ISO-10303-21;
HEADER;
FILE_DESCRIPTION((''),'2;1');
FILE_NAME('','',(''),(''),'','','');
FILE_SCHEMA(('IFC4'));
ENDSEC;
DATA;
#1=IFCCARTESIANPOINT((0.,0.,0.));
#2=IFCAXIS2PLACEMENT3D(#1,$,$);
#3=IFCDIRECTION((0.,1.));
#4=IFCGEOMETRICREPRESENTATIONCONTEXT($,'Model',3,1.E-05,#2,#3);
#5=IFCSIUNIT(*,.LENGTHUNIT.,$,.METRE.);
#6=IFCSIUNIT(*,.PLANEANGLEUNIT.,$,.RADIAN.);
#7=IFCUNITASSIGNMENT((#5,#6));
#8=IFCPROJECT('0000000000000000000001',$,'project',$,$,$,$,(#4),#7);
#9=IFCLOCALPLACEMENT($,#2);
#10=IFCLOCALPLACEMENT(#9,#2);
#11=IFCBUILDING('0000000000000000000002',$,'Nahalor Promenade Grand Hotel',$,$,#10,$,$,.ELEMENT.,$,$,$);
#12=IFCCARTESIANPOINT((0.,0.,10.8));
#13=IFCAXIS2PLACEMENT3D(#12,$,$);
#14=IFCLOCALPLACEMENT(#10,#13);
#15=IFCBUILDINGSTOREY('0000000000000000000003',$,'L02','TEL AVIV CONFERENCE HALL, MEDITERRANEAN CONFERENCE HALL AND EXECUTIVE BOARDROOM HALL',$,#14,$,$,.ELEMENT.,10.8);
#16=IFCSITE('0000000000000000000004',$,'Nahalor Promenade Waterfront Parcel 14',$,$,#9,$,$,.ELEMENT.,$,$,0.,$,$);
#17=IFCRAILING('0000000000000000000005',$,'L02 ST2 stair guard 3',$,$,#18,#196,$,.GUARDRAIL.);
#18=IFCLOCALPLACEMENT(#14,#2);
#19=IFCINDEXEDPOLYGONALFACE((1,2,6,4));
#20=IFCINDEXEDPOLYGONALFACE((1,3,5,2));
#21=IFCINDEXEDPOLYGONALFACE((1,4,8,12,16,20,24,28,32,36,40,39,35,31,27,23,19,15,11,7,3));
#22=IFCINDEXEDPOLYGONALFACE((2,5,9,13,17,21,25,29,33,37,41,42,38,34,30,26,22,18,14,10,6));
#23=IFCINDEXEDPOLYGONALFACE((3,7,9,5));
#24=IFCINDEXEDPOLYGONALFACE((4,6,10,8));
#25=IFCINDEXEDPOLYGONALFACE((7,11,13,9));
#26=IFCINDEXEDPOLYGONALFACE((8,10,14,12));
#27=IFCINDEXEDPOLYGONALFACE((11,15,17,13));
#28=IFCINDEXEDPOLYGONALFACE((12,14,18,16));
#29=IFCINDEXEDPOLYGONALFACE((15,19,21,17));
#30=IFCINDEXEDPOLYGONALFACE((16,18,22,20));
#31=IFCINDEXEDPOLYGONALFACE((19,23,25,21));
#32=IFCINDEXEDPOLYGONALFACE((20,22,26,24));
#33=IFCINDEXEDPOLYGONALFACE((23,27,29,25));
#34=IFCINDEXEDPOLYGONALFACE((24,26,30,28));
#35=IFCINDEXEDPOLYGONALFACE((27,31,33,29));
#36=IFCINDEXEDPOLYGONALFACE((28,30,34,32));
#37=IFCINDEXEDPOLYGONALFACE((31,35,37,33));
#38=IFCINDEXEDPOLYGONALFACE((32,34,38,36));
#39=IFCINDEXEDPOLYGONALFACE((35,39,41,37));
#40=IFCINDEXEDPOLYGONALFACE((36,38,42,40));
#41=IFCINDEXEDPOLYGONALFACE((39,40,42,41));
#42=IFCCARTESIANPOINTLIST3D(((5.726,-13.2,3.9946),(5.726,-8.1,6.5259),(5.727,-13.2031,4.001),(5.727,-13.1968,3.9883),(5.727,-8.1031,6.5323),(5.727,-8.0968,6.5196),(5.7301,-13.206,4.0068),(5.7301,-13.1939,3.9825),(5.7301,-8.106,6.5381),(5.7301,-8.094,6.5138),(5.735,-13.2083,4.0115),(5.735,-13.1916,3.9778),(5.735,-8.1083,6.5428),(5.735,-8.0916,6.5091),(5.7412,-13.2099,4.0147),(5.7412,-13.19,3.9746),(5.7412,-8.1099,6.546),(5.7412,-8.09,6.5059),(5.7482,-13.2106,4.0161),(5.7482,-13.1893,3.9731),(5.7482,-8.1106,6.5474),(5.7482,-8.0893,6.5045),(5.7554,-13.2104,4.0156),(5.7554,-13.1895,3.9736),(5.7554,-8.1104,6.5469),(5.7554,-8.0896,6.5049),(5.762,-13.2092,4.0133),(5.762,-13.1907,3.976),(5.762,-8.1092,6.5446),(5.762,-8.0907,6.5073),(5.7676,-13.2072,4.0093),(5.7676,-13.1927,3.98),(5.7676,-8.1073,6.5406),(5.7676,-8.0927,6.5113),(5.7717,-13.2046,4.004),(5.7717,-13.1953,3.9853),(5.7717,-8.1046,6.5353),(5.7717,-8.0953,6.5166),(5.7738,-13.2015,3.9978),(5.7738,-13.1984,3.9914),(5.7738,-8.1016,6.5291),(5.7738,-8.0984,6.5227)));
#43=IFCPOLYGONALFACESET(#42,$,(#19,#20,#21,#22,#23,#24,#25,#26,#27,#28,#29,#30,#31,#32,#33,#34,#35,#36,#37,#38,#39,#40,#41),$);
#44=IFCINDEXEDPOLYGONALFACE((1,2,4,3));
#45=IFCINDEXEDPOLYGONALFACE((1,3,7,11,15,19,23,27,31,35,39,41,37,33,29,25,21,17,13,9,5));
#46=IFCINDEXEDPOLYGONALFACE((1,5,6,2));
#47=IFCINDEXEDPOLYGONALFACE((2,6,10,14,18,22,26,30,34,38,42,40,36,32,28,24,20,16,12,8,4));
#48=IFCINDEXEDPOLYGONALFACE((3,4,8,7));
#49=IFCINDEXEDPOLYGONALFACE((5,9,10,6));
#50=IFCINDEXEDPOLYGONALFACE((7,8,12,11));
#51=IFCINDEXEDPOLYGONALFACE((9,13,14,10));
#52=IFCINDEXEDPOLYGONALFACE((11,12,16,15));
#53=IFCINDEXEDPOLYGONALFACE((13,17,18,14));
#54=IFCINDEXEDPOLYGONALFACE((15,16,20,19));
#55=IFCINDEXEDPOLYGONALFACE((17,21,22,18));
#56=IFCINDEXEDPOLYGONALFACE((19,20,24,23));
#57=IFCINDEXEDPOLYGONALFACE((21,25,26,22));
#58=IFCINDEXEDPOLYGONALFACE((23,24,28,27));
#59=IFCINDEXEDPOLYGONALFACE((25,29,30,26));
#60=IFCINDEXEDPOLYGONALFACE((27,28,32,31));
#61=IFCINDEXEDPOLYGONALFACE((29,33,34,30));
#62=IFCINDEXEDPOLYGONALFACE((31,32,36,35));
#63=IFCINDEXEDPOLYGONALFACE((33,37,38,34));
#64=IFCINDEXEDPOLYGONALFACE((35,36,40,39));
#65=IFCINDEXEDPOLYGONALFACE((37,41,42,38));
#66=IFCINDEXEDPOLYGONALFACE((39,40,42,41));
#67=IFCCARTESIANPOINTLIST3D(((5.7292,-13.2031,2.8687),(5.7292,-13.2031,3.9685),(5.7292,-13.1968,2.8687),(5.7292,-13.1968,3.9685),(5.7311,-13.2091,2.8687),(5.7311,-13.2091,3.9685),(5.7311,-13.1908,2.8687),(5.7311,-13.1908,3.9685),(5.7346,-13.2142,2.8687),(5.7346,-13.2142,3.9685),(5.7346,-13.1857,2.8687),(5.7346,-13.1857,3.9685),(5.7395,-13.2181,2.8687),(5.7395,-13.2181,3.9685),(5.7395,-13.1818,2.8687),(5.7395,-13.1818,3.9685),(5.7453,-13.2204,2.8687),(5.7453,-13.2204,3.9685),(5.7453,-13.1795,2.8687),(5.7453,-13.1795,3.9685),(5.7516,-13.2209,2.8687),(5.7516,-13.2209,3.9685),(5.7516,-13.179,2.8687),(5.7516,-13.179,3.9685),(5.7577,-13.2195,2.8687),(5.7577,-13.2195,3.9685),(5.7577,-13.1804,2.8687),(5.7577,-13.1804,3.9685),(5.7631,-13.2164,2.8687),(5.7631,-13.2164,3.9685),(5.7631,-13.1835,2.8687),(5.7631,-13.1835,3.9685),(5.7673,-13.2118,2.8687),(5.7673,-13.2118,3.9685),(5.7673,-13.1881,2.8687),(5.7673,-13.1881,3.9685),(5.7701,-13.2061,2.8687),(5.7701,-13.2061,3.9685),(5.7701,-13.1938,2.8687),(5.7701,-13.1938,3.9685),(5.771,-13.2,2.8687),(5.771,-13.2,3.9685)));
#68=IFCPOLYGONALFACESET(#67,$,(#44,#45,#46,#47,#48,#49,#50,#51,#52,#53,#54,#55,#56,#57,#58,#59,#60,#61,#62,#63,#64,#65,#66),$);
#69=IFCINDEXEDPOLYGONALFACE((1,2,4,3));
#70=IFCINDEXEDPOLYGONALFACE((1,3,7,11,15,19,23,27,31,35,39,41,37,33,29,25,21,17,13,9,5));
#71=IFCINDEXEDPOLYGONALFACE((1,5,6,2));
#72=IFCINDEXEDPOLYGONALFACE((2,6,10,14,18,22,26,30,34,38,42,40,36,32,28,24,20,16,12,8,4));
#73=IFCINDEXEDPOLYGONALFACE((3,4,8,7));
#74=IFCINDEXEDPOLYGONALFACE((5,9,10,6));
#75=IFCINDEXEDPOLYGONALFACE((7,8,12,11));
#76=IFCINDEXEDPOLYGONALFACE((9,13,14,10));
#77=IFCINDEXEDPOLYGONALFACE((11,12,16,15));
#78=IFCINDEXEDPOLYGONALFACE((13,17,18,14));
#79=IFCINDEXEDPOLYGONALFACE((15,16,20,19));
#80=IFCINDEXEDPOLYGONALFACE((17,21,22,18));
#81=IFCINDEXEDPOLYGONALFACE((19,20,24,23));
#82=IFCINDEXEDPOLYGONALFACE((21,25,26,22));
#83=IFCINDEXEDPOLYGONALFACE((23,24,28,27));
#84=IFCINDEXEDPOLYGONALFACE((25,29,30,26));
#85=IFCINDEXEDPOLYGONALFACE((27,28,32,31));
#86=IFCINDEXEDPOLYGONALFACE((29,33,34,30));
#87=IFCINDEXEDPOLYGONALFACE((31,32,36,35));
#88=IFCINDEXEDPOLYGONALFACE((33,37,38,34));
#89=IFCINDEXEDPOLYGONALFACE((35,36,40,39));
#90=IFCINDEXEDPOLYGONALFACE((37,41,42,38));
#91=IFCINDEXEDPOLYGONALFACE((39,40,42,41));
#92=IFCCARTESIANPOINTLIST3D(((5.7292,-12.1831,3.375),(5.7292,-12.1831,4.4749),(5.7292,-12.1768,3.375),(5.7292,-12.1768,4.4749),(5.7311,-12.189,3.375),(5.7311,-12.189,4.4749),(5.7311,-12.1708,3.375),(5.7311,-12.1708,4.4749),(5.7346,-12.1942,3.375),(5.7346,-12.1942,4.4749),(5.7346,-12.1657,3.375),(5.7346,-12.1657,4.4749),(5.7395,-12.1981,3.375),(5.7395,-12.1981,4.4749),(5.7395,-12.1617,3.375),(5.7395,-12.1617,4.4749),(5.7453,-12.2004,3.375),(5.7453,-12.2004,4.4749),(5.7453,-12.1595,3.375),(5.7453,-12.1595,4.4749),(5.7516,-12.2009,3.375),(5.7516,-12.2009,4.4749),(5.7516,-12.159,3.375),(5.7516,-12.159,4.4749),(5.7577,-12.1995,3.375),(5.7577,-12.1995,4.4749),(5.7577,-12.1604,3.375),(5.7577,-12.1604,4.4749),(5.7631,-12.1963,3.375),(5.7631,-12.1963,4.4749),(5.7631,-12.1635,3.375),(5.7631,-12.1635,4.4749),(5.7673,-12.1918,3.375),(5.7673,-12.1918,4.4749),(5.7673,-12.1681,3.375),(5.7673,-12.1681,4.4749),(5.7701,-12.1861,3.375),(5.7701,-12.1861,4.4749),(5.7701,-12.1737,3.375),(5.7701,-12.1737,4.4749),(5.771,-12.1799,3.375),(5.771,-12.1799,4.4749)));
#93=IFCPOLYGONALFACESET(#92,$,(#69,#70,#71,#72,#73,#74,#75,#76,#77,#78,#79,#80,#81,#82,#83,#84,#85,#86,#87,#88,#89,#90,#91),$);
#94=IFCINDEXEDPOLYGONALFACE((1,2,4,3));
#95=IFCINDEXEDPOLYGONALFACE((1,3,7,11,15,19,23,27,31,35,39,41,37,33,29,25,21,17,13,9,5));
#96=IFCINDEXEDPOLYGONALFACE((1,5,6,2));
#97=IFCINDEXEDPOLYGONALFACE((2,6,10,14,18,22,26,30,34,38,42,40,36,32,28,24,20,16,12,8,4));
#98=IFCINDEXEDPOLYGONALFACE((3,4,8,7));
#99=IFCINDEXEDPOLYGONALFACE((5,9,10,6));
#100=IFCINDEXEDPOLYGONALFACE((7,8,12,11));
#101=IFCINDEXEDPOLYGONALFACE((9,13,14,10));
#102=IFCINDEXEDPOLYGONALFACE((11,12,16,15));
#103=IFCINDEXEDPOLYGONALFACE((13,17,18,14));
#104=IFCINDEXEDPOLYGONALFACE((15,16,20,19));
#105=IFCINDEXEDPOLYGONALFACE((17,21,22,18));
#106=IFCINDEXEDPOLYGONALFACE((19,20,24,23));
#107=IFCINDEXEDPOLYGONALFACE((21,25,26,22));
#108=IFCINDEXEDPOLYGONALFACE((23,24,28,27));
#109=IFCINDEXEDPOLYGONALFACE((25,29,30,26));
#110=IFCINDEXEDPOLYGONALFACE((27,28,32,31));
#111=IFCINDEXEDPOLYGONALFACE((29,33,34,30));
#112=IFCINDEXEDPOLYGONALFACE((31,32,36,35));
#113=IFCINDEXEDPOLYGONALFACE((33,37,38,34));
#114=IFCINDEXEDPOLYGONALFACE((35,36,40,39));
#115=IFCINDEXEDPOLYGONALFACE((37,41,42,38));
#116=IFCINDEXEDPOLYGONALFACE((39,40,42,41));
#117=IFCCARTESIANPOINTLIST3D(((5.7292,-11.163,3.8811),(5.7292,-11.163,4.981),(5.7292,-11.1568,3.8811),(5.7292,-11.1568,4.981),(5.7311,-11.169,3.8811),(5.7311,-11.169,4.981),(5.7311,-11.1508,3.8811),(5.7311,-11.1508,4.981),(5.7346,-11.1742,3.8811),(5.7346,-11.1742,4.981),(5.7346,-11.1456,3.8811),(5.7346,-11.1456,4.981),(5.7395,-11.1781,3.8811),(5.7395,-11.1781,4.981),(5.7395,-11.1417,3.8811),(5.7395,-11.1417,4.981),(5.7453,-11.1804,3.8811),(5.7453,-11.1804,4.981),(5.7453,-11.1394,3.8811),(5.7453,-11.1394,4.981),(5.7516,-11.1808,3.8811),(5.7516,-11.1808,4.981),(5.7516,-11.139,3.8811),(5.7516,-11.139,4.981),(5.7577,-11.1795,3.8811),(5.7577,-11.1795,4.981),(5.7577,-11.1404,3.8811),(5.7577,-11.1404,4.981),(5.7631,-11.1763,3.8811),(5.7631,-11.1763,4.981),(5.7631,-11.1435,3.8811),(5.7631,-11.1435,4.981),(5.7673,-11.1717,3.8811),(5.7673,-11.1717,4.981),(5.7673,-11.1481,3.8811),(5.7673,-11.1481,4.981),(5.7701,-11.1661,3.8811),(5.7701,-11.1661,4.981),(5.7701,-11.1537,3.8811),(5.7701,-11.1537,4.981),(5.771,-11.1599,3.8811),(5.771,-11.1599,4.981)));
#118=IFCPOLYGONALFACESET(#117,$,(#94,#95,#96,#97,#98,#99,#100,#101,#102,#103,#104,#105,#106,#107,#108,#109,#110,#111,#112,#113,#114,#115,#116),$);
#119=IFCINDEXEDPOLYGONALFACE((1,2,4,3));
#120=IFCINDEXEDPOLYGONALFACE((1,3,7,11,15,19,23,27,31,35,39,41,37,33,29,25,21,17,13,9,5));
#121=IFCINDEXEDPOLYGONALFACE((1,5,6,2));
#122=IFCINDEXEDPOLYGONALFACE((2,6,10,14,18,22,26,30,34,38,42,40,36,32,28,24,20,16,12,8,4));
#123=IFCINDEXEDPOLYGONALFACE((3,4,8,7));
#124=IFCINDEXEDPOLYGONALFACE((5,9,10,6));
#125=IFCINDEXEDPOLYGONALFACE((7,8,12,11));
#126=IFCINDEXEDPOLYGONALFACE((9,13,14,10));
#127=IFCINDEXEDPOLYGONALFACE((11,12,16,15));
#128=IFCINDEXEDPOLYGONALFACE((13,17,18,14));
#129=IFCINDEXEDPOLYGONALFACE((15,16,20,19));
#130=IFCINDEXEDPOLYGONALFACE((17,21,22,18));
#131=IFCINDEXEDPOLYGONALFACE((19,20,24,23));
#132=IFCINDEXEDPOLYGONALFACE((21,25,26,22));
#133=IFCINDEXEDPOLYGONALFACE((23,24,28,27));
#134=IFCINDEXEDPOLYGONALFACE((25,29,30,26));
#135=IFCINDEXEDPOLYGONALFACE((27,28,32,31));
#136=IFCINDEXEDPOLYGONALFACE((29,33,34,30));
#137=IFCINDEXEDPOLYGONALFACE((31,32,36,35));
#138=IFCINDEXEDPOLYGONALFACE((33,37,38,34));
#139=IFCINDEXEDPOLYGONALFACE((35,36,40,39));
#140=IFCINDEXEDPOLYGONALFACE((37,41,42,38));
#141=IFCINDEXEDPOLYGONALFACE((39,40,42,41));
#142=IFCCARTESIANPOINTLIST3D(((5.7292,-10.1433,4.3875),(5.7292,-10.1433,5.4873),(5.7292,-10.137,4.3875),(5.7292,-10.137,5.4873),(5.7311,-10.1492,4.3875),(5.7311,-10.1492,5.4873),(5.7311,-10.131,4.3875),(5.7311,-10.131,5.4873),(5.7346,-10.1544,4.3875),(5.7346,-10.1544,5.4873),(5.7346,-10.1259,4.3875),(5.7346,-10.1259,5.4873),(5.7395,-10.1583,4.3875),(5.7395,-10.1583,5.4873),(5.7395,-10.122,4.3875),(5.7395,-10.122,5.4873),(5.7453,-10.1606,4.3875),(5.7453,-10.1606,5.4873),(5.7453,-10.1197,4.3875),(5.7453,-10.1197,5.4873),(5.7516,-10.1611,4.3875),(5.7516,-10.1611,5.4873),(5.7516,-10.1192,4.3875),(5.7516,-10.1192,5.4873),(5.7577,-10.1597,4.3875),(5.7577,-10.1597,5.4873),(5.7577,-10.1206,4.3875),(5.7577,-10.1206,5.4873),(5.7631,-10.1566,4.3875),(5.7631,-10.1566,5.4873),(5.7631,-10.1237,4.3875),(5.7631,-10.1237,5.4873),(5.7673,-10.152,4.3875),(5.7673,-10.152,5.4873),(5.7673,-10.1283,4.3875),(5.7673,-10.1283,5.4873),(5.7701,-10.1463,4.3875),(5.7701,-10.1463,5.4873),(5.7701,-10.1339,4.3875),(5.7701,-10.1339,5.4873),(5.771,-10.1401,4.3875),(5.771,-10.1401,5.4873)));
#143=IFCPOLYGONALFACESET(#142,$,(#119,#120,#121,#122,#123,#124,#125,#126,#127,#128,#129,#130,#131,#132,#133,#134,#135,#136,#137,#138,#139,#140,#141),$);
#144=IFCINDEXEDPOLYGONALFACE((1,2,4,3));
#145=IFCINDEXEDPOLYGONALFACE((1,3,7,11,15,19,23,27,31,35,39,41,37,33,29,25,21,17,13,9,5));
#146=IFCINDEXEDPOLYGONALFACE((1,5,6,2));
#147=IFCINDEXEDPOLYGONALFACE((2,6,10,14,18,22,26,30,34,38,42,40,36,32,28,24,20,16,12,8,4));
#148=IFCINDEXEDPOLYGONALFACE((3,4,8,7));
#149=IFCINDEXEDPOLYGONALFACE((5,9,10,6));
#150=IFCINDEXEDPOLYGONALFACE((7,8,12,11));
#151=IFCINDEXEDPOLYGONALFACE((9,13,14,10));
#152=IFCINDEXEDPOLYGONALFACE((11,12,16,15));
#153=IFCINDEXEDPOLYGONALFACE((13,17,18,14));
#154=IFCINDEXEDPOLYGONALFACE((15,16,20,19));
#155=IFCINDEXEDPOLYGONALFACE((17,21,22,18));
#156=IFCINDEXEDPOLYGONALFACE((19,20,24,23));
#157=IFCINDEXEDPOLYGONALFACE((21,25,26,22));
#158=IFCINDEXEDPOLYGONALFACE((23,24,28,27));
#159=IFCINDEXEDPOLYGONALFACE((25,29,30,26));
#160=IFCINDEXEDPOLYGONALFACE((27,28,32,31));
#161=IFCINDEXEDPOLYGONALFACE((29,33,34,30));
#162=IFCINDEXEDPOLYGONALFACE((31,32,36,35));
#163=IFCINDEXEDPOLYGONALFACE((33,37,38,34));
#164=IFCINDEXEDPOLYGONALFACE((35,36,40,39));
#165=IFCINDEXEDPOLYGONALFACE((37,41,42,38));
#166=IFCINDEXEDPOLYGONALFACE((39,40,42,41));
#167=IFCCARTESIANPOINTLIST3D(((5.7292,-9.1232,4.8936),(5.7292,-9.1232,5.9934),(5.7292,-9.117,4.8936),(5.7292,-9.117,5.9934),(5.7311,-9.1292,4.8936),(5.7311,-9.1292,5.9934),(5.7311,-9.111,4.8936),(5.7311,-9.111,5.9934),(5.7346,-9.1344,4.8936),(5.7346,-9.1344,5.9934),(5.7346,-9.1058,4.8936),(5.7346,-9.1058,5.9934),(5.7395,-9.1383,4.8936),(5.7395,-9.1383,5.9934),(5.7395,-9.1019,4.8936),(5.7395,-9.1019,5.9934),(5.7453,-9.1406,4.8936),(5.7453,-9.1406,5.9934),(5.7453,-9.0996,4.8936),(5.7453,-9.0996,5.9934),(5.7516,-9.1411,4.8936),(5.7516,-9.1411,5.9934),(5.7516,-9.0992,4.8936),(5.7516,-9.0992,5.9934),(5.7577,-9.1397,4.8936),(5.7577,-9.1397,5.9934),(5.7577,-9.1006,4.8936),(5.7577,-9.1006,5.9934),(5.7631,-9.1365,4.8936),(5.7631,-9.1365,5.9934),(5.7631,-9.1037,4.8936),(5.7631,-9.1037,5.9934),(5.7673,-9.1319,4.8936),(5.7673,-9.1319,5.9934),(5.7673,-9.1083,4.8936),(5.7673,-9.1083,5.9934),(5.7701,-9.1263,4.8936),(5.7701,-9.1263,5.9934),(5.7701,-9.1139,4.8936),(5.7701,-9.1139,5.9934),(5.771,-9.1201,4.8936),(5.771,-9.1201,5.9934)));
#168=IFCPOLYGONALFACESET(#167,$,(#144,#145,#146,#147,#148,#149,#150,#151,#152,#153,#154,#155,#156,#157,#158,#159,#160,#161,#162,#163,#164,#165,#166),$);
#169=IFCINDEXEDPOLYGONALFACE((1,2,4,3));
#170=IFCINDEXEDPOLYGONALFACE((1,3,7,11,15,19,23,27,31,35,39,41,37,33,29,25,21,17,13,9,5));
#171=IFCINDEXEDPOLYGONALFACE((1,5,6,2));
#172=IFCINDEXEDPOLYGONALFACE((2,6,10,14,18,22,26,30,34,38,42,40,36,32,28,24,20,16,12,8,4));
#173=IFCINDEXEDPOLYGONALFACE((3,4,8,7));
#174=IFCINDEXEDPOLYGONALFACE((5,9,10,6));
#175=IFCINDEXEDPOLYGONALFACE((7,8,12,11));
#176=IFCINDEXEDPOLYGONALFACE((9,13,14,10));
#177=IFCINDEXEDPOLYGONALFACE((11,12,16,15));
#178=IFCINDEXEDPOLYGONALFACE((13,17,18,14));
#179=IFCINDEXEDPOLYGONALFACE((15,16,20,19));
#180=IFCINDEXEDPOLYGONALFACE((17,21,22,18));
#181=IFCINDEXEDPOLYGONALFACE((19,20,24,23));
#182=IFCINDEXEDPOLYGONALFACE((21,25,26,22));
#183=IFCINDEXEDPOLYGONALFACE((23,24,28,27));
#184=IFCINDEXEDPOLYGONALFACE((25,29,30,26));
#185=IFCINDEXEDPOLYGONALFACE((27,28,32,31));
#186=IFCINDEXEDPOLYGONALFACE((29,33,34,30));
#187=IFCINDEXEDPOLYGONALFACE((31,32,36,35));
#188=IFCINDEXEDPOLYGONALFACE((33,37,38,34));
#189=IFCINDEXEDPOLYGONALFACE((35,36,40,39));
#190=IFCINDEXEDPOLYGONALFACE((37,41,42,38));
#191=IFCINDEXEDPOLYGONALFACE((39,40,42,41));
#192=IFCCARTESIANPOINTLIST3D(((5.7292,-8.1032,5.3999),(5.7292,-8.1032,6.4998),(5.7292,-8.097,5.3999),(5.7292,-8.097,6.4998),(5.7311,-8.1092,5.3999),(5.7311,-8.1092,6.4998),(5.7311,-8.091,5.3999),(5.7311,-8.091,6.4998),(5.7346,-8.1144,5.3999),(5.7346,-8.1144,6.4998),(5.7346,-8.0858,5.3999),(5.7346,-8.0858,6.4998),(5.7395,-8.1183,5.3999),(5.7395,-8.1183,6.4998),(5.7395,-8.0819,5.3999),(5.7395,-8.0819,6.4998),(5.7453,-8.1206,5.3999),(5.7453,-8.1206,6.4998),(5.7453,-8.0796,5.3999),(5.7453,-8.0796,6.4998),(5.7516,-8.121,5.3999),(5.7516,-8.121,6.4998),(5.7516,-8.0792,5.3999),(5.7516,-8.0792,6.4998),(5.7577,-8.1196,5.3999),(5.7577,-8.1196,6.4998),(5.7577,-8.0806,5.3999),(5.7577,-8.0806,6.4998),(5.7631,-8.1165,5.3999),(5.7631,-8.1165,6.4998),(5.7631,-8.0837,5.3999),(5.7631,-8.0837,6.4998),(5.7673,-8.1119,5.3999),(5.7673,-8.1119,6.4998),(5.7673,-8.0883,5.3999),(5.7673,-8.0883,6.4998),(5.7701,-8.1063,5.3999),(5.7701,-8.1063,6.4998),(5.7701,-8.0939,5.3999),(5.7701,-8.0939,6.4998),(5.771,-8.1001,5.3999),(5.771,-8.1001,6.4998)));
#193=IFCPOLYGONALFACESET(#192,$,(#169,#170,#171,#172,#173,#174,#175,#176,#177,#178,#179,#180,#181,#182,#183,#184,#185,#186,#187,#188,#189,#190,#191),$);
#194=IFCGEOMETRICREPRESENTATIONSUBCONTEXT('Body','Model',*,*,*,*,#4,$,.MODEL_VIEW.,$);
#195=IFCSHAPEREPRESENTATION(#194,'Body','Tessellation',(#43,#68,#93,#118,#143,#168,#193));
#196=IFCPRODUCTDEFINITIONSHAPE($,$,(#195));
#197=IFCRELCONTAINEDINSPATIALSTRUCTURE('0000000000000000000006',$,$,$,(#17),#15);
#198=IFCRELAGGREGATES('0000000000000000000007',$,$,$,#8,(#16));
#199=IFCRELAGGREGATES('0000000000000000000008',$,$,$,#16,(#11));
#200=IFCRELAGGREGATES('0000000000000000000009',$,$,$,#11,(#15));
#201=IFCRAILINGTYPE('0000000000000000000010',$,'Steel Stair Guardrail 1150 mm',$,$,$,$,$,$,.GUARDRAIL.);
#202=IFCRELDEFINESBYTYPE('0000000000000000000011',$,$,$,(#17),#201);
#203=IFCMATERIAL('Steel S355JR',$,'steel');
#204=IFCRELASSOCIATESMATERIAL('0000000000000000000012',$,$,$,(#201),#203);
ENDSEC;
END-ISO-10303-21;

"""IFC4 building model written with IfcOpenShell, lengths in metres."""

from ifc_helpers import new_model, si_unit, direction, frame, origin, origin_2d, place, context, subcontext, project, spatial, circle, extrude, material, type_object, element, save


model = new_model("IFC4")

# Units and contexts
model_context = context("Model", 3, precision=1e-05, world=origin(), true_north=direction((0.0, 1.0)))
body_context = subcontext(model_context, "Body", "Model", "MODEL_VIEW")
ifc_project = project(units=[si_unit("LENGTHUNIT", "METRE"), si_unit("PLANEANGLEUNIT", "RADIAN")], contexts=[model_context])

# Site, building, storey
site_placement = place(None, origin())
site = spatial("IfcSite", under=ifc_project, at=site_placement, Name="Nahalor Promenade Waterfront Parcel 14", CompositionType="ELEMENT", RefElevation=0.0)
building_placement = place(site_placement, origin())
building = spatial("IfcBuilding", under=site, at=building_placement, Name="Nahalor Promenade Grand Hotel", CompositionType="ELEMENT")
storey_placement = place(building_placement, frame((0.0, 0.0, 10.8)))
storey = spatial("IfcBuildingStorey", under=building, at=storey_placement, Name="L02", Description="TEL AVIV CONFERENCE HALL, MEDITERRANEAN CONFERENCE HALL AND EXECUTIVE BOARDROOM HALL", CompositionType="ELEMENT", Elevation=10.8)

# Shared definitions
ifc_material_1 = material(Name="Steel S355JR", Category="steel")

# Railing
railing_type_1 = type_object("IfcRailingType", Name="Steel Stair Guardrail 1150 mm", PredefinedType="GUARDRAIL", material=ifc_material_1)
railing_1_placement = place(storey_placement, frame((5.75, -13.2, 2.8687)))
element("IfcRailing", 1, at=railing_1_placement, inside=storey, type_object=railing_type_1, Name="L02 ST2 stair guard 3", PredefinedType="GUARDRAIL", context=body_context, shape_type="SweptSolid", body=[
    extrude(circle(Radius=0.024, at=origin_2d()), frame((0.0, 0.0, 1.126), z_axis=(0.0, 0.895735, 0.444587), x_axis=(-1.0, 0.0, 0.0)), (0.0, 0.0, 1.0), 5.6936),
    extrude(circle(Radius=0.021, at=origin_2d()), origin(), (0.0, 0.0, 1.0), 1.0999),
    extrude(circle(Radius=0.021, at=origin_2d()), frame((0.0, 1.02, 0.5063)), (0.0, 0.0, 1.0), 1.0999),
    extrude(circle(Radius=0.021, at=origin_2d()), frame((0.0, 2.04, 1.0125)), (0.0, 0.0, 1.0), 1.0999),
    extrude(circle(Radius=0.021, at=origin_2d()), frame((0.0, 3.0598, 1.5188)), (0.0, 0.0, 1.0), 1.0999),
    extrude(circle(Radius=0.021, at=origin_2d()), frame((0.0, 4.0798, 2.0249)), (0.0, 0.0, 1.0), 1.0999),
    extrude(circle(Radius=0.021, at=origin_2d()), frame((0.0, 5.0999, 2.5312)), (0.0, 0.0, 1.0), 1.0999),
])

save(model, "model.ifc")
